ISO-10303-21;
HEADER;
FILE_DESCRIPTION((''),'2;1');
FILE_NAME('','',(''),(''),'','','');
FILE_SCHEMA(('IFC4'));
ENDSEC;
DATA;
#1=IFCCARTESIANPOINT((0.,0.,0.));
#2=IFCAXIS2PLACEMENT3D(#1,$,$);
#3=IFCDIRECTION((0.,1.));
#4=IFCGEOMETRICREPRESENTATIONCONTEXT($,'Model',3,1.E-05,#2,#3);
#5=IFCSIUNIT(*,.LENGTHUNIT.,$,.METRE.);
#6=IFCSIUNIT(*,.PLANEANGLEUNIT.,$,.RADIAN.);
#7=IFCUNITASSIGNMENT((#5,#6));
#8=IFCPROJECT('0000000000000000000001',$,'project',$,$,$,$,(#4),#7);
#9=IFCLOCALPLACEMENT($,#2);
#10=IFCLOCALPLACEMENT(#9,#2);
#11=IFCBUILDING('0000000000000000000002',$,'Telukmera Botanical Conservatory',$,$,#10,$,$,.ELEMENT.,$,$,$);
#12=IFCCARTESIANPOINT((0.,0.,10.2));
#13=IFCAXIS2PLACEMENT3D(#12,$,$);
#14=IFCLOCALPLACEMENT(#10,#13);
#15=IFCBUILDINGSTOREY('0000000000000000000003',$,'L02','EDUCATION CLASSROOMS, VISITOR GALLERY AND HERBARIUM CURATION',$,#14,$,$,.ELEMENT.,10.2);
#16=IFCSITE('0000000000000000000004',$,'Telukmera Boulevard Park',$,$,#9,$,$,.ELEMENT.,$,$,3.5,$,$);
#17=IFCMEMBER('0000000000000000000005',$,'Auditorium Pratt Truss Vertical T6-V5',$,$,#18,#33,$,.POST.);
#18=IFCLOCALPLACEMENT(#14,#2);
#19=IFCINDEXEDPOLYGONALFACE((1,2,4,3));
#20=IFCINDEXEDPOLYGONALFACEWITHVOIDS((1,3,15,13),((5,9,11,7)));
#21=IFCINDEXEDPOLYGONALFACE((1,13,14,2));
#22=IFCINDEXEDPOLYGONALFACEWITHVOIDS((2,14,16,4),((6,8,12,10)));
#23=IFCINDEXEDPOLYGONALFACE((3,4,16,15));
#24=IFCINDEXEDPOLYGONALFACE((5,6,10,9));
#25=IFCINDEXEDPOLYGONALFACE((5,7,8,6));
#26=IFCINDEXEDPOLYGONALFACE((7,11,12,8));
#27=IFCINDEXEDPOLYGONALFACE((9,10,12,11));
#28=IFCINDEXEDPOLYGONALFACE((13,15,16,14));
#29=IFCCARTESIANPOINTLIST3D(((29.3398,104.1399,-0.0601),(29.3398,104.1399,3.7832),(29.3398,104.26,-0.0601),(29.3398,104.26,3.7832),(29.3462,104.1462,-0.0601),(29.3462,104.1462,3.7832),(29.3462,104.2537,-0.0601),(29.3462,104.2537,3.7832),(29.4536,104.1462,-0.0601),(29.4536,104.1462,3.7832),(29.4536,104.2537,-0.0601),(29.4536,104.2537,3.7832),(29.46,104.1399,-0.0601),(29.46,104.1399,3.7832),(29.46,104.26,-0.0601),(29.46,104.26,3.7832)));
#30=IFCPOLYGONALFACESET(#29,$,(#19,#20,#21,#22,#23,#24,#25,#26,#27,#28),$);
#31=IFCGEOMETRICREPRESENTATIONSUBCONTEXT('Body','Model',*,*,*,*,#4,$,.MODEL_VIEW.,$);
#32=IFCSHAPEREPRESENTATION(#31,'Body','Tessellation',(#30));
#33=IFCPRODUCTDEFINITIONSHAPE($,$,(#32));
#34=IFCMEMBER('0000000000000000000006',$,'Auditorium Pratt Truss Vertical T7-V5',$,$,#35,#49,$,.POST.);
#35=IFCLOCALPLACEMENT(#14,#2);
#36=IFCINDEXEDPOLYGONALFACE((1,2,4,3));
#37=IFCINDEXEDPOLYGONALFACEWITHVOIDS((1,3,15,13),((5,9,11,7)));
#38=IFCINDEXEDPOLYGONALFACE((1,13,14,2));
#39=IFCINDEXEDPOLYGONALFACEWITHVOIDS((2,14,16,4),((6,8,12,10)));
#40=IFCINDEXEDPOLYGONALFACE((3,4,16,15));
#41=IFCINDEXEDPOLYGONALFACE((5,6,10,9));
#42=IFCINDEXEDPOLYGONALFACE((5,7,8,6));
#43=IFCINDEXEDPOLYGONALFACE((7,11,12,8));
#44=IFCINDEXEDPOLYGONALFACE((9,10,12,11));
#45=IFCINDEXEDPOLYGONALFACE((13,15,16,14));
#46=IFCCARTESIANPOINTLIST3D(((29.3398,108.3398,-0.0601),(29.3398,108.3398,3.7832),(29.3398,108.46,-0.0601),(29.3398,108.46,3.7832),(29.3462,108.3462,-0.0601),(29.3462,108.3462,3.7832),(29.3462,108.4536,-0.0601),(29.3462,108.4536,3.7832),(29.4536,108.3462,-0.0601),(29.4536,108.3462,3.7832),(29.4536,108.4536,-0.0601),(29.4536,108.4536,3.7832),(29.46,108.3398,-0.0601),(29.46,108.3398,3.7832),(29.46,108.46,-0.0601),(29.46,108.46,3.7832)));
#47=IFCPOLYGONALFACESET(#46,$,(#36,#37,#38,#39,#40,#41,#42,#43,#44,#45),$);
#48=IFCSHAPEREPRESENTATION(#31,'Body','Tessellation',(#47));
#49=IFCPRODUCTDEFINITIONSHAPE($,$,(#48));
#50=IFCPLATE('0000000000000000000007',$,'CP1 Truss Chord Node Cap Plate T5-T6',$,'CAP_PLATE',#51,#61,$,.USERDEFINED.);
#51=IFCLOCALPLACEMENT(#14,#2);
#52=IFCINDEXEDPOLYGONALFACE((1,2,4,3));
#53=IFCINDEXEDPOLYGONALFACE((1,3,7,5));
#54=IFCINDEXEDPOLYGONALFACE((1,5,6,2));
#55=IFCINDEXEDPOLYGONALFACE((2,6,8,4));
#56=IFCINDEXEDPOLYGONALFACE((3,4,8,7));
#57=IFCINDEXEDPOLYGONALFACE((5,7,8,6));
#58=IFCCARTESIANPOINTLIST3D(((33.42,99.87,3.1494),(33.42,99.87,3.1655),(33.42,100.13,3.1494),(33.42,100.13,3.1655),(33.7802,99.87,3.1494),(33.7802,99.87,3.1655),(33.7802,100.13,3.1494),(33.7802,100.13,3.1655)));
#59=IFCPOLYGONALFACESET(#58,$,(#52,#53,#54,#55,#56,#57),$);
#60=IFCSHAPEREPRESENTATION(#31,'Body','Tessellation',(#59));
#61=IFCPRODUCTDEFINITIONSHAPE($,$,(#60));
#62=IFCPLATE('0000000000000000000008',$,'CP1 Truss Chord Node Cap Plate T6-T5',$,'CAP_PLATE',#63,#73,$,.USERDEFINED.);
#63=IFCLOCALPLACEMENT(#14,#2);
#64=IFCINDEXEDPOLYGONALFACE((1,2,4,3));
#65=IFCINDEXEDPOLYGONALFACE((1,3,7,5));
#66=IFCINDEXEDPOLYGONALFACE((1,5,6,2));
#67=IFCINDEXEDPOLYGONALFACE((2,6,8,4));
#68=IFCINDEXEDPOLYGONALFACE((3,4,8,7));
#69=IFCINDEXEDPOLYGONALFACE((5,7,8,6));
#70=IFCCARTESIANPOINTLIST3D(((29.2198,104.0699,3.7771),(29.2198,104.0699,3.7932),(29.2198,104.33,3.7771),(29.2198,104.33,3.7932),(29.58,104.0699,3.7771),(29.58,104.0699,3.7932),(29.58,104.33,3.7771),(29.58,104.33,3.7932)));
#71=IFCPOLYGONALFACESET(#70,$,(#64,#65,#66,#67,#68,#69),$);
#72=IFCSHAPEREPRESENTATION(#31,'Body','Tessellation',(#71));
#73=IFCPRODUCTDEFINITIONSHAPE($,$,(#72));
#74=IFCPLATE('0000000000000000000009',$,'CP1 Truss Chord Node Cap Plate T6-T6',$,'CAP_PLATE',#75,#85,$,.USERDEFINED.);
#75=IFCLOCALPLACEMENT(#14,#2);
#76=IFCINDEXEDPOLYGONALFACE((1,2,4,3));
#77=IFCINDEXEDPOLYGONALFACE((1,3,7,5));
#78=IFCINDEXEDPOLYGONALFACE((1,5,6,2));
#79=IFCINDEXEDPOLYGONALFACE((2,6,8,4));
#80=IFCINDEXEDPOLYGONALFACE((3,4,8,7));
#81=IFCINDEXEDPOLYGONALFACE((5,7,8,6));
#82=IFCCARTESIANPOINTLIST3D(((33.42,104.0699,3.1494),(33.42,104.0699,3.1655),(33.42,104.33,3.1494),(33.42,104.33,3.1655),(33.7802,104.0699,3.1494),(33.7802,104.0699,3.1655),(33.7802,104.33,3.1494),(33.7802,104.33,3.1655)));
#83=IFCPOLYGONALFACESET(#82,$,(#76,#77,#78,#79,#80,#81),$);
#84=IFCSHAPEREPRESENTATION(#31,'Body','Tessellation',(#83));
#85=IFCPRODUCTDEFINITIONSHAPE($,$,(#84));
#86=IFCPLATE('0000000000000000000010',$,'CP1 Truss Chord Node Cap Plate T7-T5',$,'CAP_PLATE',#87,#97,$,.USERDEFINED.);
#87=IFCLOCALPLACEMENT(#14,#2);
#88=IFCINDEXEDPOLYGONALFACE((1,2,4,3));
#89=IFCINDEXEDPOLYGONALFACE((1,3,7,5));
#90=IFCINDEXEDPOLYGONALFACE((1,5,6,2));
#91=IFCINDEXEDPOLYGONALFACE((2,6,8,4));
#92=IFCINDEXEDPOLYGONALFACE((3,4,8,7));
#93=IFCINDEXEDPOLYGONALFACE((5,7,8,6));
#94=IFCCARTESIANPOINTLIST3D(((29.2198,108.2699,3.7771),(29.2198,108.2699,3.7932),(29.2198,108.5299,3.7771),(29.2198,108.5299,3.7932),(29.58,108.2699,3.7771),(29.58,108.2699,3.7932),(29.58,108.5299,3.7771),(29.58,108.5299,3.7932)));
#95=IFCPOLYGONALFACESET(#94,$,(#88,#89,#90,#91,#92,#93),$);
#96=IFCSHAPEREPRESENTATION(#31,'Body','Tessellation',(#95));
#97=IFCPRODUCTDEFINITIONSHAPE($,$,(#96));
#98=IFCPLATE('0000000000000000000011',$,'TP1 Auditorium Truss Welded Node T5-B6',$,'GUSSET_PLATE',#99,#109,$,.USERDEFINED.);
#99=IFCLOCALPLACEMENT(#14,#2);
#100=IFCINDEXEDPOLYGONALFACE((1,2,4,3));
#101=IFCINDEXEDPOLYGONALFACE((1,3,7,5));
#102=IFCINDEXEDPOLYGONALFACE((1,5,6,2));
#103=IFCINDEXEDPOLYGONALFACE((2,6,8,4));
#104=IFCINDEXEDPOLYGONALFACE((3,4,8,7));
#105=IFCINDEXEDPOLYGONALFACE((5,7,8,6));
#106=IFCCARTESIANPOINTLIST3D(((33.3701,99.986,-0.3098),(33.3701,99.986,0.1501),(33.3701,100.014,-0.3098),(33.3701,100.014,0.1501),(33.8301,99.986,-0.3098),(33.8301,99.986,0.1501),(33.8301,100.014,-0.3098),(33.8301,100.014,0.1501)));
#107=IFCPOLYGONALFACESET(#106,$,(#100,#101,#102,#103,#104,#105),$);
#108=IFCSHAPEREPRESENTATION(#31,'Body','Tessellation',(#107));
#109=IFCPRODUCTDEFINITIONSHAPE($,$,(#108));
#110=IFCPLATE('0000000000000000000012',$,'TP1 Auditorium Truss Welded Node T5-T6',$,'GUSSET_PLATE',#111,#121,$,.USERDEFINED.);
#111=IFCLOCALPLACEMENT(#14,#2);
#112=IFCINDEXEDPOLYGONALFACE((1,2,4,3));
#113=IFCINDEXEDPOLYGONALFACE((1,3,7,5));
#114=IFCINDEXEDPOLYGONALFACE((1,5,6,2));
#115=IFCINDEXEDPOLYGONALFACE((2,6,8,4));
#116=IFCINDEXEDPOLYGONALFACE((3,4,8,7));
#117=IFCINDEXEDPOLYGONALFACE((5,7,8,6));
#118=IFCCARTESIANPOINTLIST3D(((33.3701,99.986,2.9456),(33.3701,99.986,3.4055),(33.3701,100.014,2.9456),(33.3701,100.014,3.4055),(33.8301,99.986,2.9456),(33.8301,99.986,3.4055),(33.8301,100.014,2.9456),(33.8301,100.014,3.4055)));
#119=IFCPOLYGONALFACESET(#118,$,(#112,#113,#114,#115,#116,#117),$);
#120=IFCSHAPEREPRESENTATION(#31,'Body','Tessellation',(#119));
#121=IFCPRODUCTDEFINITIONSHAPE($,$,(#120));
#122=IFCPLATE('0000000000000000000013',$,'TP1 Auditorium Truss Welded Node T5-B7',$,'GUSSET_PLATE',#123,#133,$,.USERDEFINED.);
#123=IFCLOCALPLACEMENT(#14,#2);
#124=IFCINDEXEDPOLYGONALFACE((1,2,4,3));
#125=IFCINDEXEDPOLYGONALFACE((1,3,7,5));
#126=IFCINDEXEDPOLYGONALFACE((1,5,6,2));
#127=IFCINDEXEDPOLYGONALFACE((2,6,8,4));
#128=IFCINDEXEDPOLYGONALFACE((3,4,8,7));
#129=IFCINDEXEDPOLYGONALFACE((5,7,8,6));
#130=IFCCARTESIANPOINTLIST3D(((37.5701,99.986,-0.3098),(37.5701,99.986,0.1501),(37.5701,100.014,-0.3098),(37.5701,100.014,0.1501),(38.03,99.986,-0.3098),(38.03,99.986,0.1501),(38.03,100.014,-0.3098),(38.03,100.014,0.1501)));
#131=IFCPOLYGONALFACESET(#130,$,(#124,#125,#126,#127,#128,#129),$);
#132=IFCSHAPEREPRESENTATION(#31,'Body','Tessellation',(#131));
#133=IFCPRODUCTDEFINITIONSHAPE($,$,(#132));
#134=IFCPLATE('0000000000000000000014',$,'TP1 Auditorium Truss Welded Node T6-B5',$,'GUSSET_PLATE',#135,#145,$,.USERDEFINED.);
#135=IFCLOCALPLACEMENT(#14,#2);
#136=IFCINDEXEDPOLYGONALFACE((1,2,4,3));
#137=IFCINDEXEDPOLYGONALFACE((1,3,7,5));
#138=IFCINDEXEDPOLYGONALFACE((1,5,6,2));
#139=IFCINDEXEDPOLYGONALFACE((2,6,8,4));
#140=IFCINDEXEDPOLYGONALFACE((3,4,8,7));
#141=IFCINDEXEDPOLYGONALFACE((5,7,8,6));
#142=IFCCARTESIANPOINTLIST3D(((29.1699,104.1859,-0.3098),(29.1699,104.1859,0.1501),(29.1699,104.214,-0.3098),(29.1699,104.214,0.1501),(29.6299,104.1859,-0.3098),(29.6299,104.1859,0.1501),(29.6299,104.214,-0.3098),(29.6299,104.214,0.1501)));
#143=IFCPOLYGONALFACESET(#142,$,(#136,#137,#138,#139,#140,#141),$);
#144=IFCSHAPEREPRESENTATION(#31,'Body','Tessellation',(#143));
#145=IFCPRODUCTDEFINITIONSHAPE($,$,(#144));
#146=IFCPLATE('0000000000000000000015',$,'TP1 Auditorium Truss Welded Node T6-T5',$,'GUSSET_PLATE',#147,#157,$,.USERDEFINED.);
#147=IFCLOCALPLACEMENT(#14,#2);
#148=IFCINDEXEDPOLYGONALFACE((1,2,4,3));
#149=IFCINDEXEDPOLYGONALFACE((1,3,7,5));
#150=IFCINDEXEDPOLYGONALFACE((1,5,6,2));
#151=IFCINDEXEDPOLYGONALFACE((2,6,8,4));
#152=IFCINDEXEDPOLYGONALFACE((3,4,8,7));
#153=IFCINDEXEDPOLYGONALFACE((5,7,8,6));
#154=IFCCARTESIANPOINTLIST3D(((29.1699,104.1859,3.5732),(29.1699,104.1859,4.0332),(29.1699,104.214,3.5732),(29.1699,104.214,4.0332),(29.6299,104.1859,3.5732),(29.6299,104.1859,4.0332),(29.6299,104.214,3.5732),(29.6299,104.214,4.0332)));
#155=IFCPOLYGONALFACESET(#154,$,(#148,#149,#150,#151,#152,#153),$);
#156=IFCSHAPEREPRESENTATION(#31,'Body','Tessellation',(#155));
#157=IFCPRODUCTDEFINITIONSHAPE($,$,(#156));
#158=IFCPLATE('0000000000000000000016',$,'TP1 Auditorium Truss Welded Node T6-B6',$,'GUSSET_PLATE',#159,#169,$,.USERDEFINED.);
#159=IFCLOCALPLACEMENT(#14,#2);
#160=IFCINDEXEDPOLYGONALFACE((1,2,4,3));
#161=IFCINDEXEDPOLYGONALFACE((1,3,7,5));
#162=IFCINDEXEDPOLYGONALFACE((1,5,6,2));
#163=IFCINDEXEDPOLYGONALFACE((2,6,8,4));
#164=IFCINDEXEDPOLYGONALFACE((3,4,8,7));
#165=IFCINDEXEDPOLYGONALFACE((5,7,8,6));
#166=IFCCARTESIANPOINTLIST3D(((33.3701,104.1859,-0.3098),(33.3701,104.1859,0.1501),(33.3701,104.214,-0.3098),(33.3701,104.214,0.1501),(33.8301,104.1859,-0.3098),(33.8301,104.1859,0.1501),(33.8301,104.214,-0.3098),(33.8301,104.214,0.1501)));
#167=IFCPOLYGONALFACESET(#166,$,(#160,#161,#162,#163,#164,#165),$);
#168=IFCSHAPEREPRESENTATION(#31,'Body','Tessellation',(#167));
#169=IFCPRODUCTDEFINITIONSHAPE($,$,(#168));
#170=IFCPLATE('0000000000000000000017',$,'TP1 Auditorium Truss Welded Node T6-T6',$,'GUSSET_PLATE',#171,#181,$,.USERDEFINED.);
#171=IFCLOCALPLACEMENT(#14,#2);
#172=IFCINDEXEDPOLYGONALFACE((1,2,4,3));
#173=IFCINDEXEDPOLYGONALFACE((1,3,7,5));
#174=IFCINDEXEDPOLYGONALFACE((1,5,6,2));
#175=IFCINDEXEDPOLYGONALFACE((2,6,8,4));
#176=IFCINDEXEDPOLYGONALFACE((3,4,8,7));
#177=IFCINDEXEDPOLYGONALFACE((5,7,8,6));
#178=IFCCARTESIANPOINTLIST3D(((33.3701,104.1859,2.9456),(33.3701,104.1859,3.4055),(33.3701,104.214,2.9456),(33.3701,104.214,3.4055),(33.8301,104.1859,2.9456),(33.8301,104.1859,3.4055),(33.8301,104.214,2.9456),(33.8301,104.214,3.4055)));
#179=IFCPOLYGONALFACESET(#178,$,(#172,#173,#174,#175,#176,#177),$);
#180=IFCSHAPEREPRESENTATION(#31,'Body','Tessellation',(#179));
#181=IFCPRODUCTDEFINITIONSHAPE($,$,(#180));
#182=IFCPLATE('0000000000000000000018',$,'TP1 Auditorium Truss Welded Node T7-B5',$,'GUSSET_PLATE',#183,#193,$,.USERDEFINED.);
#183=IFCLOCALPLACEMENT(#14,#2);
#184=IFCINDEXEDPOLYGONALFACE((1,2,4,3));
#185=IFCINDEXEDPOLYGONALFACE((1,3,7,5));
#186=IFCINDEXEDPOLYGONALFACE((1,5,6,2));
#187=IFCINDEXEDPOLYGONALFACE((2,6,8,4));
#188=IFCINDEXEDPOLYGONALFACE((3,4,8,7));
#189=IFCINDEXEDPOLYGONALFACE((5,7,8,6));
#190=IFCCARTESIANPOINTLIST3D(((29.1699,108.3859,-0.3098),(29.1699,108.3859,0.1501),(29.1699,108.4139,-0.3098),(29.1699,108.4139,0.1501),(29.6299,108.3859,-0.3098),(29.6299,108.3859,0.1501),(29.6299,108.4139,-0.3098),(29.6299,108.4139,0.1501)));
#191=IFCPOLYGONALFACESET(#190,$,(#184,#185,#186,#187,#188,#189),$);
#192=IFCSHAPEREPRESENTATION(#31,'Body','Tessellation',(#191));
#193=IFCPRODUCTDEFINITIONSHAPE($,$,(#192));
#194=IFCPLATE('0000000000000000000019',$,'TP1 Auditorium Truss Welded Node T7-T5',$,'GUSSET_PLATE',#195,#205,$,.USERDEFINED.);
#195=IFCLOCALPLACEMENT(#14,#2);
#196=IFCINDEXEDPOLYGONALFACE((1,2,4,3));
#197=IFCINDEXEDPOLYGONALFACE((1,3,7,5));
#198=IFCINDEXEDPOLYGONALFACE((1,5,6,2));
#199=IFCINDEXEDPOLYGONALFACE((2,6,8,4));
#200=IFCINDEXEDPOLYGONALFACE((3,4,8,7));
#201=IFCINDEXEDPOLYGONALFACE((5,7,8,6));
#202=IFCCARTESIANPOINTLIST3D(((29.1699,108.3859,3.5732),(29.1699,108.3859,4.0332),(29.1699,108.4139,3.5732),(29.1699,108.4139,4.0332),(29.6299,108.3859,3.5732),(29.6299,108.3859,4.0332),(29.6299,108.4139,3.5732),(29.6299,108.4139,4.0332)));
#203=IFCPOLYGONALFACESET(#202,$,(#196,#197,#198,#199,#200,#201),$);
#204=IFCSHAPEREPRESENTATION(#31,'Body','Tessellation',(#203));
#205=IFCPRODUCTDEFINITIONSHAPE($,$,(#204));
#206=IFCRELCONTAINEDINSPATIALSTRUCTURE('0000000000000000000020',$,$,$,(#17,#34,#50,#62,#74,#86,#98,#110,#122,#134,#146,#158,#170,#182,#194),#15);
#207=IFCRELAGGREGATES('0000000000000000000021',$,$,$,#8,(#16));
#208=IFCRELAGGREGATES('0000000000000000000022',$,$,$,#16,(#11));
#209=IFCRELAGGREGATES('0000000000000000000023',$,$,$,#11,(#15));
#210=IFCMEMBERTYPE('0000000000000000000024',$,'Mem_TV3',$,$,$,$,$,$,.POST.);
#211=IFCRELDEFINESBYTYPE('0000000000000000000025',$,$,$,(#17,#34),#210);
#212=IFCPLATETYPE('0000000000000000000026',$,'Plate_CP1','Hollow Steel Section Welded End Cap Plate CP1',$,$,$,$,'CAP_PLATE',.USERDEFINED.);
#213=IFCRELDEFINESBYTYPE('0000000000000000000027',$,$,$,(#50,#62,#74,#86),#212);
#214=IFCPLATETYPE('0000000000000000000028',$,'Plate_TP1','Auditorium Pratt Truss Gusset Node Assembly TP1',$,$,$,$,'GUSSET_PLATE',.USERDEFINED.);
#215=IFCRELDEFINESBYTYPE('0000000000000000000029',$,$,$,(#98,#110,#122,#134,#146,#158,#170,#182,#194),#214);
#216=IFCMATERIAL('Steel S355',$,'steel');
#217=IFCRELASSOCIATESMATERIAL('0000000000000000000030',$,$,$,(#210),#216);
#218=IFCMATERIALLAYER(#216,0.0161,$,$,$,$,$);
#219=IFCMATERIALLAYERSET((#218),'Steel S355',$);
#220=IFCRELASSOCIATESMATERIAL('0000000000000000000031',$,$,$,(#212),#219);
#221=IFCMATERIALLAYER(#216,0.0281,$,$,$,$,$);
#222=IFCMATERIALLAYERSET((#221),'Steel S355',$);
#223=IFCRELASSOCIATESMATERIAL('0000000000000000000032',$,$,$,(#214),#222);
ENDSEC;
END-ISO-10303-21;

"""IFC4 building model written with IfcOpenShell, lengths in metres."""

from ifc_helpers import new_model, si_unit, direction, frame, origin, origin_2d, place, context, subcontext, project, spatial, rectangle, hollow_rectangle, extrude, material, layer, layer_set, material_profile, profile_set, type_object, element, save


model = new_model("IFC4")

# Units and contexts
model_context = context("Model", 3, precision=1e-05, world=origin(), true_north=direction((0.0, 1.0)))
body_context = subcontext(model_context, "Body", "Model", "MODEL_VIEW")
ifc_project = project(units=[si_unit("LENGTHUNIT", "METRE"), si_unit("PLANEANGLEUNIT", "RADIAN")], contexts=[model_context])

# Site, building, storey
site_placement = place(None, origin())
site = spatial("IfcSite", under=ifc_project, at=site_placement, Name="Telukmera Boulevard Park", CompositionType="ELEMENT", RefElevation=3.5)
building_placement = place(site_placement, origin())
building = spatial("IfcBuilding", under=site, at=building_placement, Name="Telukmera Botanical Conservatory", CompositionType="ELEMENT")
storey_placement = place(building_placement, frame((0.0, 0.0, 10.2)))
storey = spatial("IfcBuildingStorey", under=building, at=storey_placement, Name="L02", Description="EDUCATION CLASSROOMS, VISITOR GALLERY AND HERBARIUM CURATION", CompositionType="ELEMENT", Elevation=10.2)

# Members
ifc_material = material(Name="Steel S355", Category="steel")
ifc_material_profile_1 = material_profile(ifc_material, hollow_rectangle(XDim=0.1201, YDim=0.1201, WallThickness=0.0063, at=origin_2d()), Name="SHS 120x120x6.3")
ifc_profile_set_1 = profile_set([ifc_material_profile_1], Name="Steel S355")
member_type_1 = type_object("IfcMemberType", Name="Mem_TV3", PredefinedType="POST", material=ifc_profile_set_1)
for number, where, z_axis, x_axis, name in (
    (1, (29.3999, 104.2, -0.0601), (0.0, 0.0, 1.0), (1.0, 0.0, 0.0), "Auditorium Pratt Truss Vertical T6-V5"),
    (2, (29.3999, 108.3999, -0.0601), (0.0, 0.0, 1.0), (1.0, 0.0, 0.0), "Auditorium Pratt Truss Vertical T7-V5"),
):
    element("IfcMember", number, at=place(storey_placement, frame(where, z_axis=z_axis, x_axis=x_axis)), inside=storey, type_object=member_type_1, Name=name, PredefinedType="POST", context=body_context, shape_type="SweptSolid", body=[
        extrude(hollow_rectangle(XDim=0.1201, YDim=0.1201, WallThickness=0.0063, at=origin_2d()), origin(), (0.0, 0.0, 1.0), 3.8433),
    ])

# Plates
ifc_layer_1 = layer(ifc_material, 0.0161)
ifc_layer_set_1 = layer_set([ifc_layer_1], Name="Steel S355")
plate_type_1 = type_object("IfcPlateType", Name="Plate_CP1", Description="Hollow Steel Section Welded End Cap Plate CP1", ElementType="CAP_PLATE", PredefinedType="USERDEFINED", material=ifc_layer_set_1)
for number, where, z_axis, x_axis, name in (
    (3, (33.6001, 100.0, 3.1494), (0.0, 0.0, 1.0), (1.0, 0.0, 0.0), "CP1 Truss Chord Node Cap Plate T5-T6"),
    (4, (29.3999, 104.2, 3.7771), (0.0, 0.0, 1.0), (1.0, 0.0, 0.0), "CP1 Truss Chord Node Cap Plate T6-T5"),
    (5, (33.6001, 104.2, 3.1494), (0.0, 0.0, 1.0), (1.0, 0.0, 0.0), "CP1 Truss Chord Node Cap Plate T6-T6"),
    (6, (29.3999, 108.3999, 3.7771), (0.0, 0.0, 1.0), (1.0, 0.0, 0.0), "CP1 Truss Chord Node Cap Plate T7-T5"),
):
    element("IfcPlate", number, at=place(storey_placement, frame(where, z_axis=z_axis, x_axis=x_axis)), inside=storey, type_object=plate_type_1, Name=name, ObjectType="CAP_PLATE", PredefinedType="USERDEFINED", context=body_context, shape_type="SweptSolid", body=[
        extrude(rectangle(XDim=0.3601, YDim=0.26, at=origin_2d()), origin(), (0.0, 0.0, 1.0), 0.0161),
    ])
ifc_layer_2 = layer(ifc_material, 0.0281)
ifc_layer_set_2 = layer_set([ifc_layer_2], Name="Steel S355")
plate_type_2 = type_object("IfcPlateType", Name="Plate_TP1", Description="Auditorium Pratt Truss Gusset Node Assembly TP1", ElementType="GUSSET_PLATE", PredefinedType="USERDEFINED", material=ifc_layer_set_2)
for number, where, z_axis, x_axis, name in (
    (7, (33.6001, 100.0, -0.3098), (0.0, 0.0, 1.0), (1.0, 0.0, 0.0), "TP1 Auditorium Truss Welded Node T5-B6"),
    (8, (33.6001, 100.0, 2.9456), (0.0, 0.0, 1.0), (1.0, 0.0, 0.0), "TP1 Auditorium Truss Welded Node T5-T6"),
    (9, (37.8, 100.0, -0.3098), (0.0, 0.0, 1.0), (1.0, 0.0, 0.0), "TP1 Auditorium Truss Welded Node T5-B7"),
    (10, (29.3999, 104.2, -0.3098), (0.0, 0.0, 1.0), (1.0, 0.0, 0.0), "TP1 Auditorium Truss Welded Node T6-B5"),
    (11, (29.3999, 104.2, 3.5732), (0.0, 0.0, 1.0), (1.0, 0.0, 0.0), "TP1 Auditorium Truss Welded Node T6-T5"),
    (12, (33.6001, 104.2, -0.3098), (0.0, 0.0, 1.0), (1.0, 0.0, 0.0), "TP1 Auditorium Truss Welded Node T6-B6"),
    (13, (33.6001, 104.2, 2.9456), (0.0, 0.0, 1.0), (1.0, 0.0, 0.0), "TP1 Auditorium Truss Welded Node T6-T6"),
    (14, (29.3999, 108.3999, -0.3098), (0.0, 0.0, 1.0), (1.0, 0.0, 0.0), "TP1 Auditorium Truss Welded Node T7-B5"),
    (15, (29.3999, 108.3999, 3.5732), (0.0, 0.0, 1.0), (1.0, 0.0, 0.0), "TP1 Auditorium Truss Welded Node T7-T5"),
):
    element("IfcPlate", number, at=place(storey_placement, frame(where, z_axis=z_axis, x_axis=x_axis)), inside=storey, type_object=plate_type_2, Name=name, ObjectType="GUSSET_PLATE", PredefinedType="USERDEFINED", context=body_context, shape_type="SweptSolid", body=[
        extrude(rectangle(XDim=0.46, YDim=0.0281, at=origin_2d()), origin(), (0.0, 0.0, 1.0), 0.46),
    ])

save(model, "model.ifc")
